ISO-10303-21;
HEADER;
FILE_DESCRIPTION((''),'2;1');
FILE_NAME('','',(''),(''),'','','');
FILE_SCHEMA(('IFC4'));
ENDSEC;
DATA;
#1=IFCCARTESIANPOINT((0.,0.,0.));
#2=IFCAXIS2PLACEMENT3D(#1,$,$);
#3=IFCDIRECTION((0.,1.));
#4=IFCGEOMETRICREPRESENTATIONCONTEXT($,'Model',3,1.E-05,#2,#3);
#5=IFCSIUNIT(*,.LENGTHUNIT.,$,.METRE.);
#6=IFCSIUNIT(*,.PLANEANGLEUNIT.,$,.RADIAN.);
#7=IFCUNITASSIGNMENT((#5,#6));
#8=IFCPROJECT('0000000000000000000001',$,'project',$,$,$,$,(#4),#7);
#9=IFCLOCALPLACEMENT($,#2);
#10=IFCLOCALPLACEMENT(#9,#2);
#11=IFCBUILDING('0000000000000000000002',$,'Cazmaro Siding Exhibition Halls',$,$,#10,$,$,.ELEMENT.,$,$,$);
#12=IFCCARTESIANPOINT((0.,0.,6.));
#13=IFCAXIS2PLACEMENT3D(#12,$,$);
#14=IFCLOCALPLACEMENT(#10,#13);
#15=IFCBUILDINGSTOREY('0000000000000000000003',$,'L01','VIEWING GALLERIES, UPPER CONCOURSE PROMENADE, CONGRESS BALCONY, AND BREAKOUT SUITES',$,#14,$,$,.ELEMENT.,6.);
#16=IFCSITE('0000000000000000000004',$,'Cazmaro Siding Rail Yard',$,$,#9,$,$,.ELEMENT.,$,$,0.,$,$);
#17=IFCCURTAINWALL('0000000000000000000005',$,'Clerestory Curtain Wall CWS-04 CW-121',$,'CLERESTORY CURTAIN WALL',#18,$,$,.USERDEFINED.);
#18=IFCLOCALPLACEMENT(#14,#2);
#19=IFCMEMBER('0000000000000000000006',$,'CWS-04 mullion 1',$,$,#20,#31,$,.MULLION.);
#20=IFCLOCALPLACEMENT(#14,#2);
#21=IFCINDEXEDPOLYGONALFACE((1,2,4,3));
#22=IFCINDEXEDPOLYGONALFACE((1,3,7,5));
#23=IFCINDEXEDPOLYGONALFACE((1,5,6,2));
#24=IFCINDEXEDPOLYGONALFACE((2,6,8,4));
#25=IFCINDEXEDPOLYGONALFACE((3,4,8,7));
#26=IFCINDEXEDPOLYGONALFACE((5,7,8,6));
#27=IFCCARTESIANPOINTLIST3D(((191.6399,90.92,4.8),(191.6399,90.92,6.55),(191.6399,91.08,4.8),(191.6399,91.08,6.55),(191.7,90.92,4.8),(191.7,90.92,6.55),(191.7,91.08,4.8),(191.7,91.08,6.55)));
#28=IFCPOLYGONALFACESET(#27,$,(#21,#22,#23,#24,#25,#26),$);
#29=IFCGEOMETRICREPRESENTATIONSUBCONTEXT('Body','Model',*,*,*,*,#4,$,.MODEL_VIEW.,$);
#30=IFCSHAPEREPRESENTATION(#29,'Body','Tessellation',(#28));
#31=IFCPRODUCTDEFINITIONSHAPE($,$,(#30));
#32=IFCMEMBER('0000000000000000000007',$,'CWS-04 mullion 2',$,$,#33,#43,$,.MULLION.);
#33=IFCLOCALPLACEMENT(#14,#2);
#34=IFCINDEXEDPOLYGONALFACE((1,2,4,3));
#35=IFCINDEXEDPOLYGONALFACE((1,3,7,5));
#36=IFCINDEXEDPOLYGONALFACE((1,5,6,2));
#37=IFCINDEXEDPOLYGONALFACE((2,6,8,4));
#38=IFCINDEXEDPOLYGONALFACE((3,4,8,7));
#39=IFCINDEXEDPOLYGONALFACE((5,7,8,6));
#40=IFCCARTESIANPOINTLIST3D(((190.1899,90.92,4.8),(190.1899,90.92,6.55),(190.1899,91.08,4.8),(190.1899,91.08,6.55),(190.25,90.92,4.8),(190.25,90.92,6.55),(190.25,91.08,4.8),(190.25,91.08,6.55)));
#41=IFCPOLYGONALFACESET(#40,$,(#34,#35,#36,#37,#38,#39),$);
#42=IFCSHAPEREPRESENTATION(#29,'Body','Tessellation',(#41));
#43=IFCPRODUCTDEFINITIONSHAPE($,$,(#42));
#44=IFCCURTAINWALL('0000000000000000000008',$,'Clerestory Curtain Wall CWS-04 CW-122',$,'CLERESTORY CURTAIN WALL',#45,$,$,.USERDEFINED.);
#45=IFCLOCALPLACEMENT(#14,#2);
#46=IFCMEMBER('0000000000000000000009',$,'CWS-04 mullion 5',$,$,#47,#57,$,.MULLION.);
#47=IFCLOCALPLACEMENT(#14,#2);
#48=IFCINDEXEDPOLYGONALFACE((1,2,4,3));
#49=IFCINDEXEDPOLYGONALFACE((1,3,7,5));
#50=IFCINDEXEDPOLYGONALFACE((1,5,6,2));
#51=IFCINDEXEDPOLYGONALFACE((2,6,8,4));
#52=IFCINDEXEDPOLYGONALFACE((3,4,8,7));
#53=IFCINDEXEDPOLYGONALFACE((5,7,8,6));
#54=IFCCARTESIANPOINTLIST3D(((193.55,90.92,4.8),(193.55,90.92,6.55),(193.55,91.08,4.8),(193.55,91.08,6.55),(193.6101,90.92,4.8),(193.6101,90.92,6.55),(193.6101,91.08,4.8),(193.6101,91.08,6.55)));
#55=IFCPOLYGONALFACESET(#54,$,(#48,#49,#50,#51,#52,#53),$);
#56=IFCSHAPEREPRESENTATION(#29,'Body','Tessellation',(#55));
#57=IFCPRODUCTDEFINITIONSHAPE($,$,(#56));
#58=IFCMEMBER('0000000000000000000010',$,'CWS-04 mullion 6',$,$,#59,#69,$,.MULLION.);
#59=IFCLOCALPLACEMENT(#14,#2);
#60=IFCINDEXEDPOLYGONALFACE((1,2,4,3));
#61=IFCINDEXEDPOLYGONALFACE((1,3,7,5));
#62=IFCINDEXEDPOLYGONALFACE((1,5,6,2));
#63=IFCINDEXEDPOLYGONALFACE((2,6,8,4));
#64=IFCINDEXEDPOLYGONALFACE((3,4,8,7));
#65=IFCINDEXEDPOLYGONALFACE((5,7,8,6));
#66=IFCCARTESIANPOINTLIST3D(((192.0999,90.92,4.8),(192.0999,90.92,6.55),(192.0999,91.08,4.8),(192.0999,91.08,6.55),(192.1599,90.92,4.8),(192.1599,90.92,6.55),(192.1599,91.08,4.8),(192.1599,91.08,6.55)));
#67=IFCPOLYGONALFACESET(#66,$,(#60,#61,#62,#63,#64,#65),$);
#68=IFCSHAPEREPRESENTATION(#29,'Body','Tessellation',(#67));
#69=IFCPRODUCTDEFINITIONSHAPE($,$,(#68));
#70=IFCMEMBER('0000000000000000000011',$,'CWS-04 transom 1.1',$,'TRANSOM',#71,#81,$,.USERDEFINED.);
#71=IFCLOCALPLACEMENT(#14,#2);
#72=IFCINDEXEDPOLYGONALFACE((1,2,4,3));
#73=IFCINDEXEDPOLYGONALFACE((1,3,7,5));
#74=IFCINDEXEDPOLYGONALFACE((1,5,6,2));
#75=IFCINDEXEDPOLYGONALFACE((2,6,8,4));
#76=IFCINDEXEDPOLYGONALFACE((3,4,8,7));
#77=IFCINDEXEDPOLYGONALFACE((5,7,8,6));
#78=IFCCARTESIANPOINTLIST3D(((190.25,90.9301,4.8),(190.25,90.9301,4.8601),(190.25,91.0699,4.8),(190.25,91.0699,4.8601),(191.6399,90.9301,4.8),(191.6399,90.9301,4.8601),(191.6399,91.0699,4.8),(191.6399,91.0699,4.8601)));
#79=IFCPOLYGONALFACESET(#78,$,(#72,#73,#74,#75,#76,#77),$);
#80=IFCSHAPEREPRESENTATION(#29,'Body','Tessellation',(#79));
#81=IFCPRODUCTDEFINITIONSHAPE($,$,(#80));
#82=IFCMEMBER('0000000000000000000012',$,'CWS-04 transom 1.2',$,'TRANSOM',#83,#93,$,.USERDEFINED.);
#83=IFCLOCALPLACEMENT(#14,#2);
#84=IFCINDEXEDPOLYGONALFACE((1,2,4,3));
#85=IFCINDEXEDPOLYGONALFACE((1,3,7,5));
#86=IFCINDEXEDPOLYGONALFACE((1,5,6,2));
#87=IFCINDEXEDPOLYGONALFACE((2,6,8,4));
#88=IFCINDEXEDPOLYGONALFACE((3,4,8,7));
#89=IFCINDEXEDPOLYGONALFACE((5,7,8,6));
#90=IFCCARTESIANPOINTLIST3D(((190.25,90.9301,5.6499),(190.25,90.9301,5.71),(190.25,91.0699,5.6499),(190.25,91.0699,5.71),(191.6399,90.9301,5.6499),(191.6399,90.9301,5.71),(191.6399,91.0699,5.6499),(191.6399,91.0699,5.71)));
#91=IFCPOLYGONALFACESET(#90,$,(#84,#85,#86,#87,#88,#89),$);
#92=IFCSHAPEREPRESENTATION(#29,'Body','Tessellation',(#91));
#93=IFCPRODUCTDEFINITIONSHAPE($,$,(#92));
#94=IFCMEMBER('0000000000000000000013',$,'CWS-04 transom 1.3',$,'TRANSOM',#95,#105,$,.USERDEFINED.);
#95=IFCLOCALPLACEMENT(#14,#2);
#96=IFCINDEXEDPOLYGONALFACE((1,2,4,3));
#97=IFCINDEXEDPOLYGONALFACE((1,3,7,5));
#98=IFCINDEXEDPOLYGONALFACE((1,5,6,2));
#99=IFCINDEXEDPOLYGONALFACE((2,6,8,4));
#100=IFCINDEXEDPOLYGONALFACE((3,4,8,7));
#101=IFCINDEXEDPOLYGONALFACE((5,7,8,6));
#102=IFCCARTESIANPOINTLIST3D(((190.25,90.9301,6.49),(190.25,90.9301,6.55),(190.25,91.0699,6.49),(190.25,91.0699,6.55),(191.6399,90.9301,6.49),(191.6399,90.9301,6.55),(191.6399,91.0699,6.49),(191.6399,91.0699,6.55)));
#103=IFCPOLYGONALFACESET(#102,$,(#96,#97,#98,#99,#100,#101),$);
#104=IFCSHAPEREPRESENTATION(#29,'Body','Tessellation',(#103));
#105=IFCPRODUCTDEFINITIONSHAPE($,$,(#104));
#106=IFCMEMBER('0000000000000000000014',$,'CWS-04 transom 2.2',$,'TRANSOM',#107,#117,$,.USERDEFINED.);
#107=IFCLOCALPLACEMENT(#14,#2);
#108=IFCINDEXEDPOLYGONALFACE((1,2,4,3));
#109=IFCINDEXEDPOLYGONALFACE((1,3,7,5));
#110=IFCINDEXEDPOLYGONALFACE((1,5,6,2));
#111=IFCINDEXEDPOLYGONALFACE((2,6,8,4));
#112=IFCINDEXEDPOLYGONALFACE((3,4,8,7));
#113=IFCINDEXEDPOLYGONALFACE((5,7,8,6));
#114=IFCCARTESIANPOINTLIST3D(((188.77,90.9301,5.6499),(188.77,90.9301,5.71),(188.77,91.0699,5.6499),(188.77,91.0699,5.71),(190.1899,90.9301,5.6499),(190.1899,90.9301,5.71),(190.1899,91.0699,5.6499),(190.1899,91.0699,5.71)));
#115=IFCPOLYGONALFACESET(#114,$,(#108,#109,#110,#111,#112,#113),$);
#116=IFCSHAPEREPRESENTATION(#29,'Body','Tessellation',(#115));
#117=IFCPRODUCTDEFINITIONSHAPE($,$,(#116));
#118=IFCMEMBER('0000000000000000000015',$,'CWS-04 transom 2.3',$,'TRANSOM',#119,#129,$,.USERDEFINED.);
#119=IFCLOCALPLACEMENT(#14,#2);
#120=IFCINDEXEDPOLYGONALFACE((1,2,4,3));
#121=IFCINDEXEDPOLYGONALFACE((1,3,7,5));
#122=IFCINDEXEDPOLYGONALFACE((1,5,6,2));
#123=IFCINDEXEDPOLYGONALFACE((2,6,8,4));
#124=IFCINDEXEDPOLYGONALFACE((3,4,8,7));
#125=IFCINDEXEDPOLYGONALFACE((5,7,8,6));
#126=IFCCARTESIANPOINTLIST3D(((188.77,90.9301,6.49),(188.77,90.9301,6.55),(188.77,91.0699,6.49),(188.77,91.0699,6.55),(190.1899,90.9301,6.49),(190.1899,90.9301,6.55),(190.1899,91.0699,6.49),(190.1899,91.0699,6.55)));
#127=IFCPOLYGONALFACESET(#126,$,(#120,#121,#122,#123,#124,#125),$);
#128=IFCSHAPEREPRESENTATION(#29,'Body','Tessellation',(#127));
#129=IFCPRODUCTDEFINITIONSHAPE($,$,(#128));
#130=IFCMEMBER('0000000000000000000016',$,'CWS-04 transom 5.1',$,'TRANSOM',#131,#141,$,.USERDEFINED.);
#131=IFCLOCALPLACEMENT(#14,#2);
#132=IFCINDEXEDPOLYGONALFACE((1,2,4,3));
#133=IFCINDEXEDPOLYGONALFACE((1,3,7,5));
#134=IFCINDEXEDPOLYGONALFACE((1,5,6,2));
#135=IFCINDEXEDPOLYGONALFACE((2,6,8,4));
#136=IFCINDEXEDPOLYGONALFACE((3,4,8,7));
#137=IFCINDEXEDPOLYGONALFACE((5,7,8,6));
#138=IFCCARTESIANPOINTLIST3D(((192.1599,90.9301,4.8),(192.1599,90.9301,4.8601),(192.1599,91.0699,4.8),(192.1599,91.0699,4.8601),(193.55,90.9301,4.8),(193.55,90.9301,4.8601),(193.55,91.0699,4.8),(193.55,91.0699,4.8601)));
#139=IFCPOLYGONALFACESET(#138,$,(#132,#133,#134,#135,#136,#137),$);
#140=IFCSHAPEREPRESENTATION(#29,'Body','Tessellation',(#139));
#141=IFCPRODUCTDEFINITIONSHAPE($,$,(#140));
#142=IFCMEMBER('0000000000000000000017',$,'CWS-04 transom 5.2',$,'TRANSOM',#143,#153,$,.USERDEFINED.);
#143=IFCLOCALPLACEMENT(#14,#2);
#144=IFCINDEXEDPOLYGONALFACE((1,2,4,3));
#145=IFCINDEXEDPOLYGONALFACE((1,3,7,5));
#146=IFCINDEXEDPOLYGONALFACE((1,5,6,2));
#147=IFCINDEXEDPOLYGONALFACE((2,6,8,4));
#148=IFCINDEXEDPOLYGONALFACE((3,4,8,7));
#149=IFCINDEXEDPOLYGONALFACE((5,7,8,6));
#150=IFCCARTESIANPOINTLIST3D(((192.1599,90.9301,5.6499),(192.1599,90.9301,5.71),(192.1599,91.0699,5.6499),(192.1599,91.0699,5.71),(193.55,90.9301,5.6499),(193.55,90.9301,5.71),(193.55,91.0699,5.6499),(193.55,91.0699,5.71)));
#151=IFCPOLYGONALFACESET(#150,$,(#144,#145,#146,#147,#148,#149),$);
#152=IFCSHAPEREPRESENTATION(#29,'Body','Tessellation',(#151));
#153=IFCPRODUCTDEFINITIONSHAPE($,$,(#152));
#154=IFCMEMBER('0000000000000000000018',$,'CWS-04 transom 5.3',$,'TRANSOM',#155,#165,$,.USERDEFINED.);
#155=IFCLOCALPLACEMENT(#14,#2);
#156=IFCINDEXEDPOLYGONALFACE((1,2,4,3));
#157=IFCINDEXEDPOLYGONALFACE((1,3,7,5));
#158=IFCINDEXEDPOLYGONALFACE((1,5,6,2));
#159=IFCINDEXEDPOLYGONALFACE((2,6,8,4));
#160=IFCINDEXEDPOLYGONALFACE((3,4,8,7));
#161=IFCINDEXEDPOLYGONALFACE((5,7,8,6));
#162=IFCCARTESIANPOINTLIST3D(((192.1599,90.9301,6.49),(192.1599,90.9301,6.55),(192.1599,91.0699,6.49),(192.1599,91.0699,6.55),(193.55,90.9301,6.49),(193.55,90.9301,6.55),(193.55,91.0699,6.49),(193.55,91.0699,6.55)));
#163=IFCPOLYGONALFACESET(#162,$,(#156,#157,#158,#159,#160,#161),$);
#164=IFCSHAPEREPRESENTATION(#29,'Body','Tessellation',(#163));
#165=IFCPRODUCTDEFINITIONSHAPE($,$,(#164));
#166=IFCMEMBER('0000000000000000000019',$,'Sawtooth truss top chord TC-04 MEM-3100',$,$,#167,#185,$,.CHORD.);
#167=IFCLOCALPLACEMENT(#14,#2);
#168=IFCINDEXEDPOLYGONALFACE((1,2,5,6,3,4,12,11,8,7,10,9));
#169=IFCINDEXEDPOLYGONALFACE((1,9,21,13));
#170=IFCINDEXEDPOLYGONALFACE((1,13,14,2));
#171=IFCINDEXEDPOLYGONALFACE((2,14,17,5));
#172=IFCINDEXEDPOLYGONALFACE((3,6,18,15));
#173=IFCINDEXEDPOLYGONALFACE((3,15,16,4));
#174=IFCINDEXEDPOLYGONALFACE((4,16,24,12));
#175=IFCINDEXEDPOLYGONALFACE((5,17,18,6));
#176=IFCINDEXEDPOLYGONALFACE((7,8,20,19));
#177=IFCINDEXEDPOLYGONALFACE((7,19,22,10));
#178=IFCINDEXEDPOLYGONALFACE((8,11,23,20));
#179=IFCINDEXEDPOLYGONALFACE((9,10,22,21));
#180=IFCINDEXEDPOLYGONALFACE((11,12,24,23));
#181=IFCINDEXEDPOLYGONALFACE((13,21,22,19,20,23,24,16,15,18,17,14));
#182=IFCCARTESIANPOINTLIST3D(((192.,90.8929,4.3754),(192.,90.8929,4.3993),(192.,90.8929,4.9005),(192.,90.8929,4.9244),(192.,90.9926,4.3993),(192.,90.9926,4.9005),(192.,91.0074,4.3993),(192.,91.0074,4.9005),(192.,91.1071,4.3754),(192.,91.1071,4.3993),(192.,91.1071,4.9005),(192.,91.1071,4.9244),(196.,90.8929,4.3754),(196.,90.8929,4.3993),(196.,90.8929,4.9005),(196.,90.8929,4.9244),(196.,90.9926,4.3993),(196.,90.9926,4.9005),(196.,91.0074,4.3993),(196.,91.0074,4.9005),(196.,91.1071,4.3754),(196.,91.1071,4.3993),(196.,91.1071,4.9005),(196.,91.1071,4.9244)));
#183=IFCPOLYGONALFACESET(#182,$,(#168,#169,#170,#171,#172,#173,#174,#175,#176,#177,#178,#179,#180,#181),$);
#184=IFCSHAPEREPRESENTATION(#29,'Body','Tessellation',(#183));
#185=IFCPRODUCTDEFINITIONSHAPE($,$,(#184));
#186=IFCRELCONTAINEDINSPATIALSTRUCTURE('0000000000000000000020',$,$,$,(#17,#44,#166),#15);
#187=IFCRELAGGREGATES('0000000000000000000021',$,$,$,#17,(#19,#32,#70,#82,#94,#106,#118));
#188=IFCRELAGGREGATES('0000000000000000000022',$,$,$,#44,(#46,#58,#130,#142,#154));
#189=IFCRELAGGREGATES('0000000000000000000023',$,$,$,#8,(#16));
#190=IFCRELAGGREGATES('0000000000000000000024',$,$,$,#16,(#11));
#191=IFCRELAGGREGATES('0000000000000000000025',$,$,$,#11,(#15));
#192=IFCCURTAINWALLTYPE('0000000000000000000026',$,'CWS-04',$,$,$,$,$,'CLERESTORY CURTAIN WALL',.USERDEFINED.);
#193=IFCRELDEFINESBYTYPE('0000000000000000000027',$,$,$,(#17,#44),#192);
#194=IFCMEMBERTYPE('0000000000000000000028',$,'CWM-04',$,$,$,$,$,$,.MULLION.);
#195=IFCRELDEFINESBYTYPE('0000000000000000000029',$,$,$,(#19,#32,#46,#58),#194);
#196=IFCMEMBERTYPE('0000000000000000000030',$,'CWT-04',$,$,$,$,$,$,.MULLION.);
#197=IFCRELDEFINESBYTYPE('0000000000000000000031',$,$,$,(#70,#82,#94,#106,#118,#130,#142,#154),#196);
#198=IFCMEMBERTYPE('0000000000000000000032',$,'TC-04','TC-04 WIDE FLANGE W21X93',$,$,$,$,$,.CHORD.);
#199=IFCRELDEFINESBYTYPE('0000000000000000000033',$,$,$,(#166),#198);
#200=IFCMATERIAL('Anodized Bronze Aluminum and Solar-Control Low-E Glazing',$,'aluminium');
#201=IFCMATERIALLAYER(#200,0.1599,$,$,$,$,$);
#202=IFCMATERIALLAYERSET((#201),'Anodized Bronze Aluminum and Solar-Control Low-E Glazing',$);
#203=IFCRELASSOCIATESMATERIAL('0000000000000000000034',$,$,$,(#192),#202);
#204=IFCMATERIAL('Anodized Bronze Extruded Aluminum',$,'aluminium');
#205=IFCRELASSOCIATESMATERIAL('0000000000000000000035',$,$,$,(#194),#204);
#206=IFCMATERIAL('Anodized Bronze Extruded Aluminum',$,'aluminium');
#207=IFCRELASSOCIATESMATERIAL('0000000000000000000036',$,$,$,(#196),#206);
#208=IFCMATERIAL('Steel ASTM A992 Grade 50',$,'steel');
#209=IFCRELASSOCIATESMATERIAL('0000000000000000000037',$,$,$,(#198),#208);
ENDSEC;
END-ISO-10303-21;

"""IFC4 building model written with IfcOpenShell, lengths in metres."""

from ifc_helpers import new_model, si_unit, direction, frame, origin, origin_2d, place, context, subcontext, project, spatial, rectangle, i_section, extrude, material, layer, layer_set, material_profile, profile_set, type_object, element, aggregate, save


model = new_model("IFC4")

# Units and contexts
model_context = context("Model", 3, precision=1e-05, world=origin(), true_north=direction((0.0, 1.0)))
body_context = subcontext(model_context, "Body", "Model", "MODEL_VIEW")
ifc_project = project(units=[si_unit("LENGTHUNIT", "METRE"), si_unit("PLANEANGLEUNIT", "RADIAN")], contexts=[model_context])

# Site, building, storey
site_placement = place(None, origin())
site = spatial("IfcSite", under=ifc_project, at=site_placement, Name="Cazmaro Siding Rail Yard", CompositionType="ELEMENT", RefElevation=0.0)
building_placement = place(site_placement, origin())
building = spatial("IfcBuilding", under=site, at=building_placement, Name="Cazmaro Siding Exhibition Halls", CompositionType="ELEMENT")
storey_placement = place(building_placement, frame((0.0, 0.0, 6.0)))
storey = spatial("IfcBuildingStorey", under=building, at=storey_placement, Name="L01", Description="VIEWING GALLERIES, UPPER CONCOURSE PROMENADE, CONGRESS BALCONY, AND BREAKOUT SUITES", CompositionType="ELEMENT", Elevation=6.0)

# Curtain walls, members
ifc_material_1 = material(Name="Anodized Bronze Aluminum and Solar-Control Low-E Glazing", Category="aluminium")
ifc_layer_1 = layer(ifc_material_1, 0.1599)
ifc_layer_set_1 = layer_set([ifc_layer_1], Name="Anodized Bronze Aluminum and Solar-Control Low-E Glazing")
curtain_wall_type = type_object("IfcCurtainWallType", Name="CWS-04", ElementType="CLERESTORY CURTAIN WALL", PredefinedType="USERDEFINED", material=ifc_layer_set_1)
curtain_wall_1_placement = place(storey_placement, origin())
curtain_wall_1 = element("IfcCurtainWall", 1, at=curtain_wall_1_placement, inside=storey, type_object=curtain_wall_type, Name="Clerestory Curtain Wall CWS-04 CW-121", ObjectType="CLERESTORY CURTAIN WALL", PredefinedType="USERDEFINED")
ifc_material_2 = material(Name="Anodized Bronze Extruded Aluminum", Category="aluminium")
ifc_material_profile_1 = material_profile(ifc_material_2, rectangle(XDim=0.1599, YDim=0.0601, at=origin_2d()), Name="CWM-04")
ifc_profile_set_1 = profile_set([ifc_material_profile_1], Name="Anodized Bronze Extruded Aluminum")
member_type_1 = type_object("IfcMemberType", Name="CWM-04", PredefinedType="MULLION", material=ifc_profile_set_1)
member_1_placement = place(storey_placement, frame((191.6699, 91.0, 4.8), z_axis=(0.0, 0.0, 1.0), x_axis=(0.0, -1.0, 0.0)))
member_1 = element("IfcMember", 2, at=member_1_placement, type_object=member_type_1, Name="CWS-04 mullion 1", PredefinedType="MULLION", context=body_context, shape_type="SweptSolid", body=[
    extrude(rectangle(XDim=0.1599, YDim=0.0601, at=origin_2d()), origin(), (0.0, 0.0, 1.0), 1.75),
])
member_2_placement = place(storey_placement, frame((190.22, 91.0, 4.8), z_axis=(0.0, 0.0, 1.0), x_axis=(0.0, -1.0, 0.0)))
member_2 = element("IfcMember", 3, at=member_2_placement, type_object=member_type_1, Name="CWS-04 mullion 2", PredefinedType="MULLION", context=body_context, shape_type="SweptSolid", body=[
    extrude(rectangle(XDim=0.1599, YDim=0.0601, at=origin_2d()), origin(), (0.0, 0.0, 1.0), 1.75),
])
curtain_wall_2_placement = place(storey_placement, origin())
curtain_wall_2 = element("IfcCurtainWall", 4, at=curtain_wall_2_placement, inside=storey, type_object=curtain_wall_type, Name="Clerestory Curtain Wall CWS-04 CW-122", ObjectType="CLERESTORY CURTAIN WALL", PredefinedType="USERDEFINED")
member_3_placement = place(storey_placement, frame((193.5801, 91.0, 4.8), z_axis=(0.0, 0.0, 1.0), x_axis=(0.0, -1.0, 0.0)))
member_3 = element("IfcMember", 5, at=member_3_placement, type_object=member_type_1, Name="CWS-04 mullion 5", PredefinedType="MULLION", context=body_context, shape_type="SweptSolid", body=[
    extrude(rectangle(XDim=0.1599, YDim=0.0601, at=origin_2d()), origin(), (0.0, 0.0, 1.0), 1.75),
])
member_4_placement = place(storey_placement, frame((192.1299, 91.0, 4.8), z_axis=(0.0, 0.0, 1.0), x_axis=(0.0, -1.0, 0.0)))
member_4 = element("IfcMember", 6, at=member_4_placement, type_object=member_type_1, Name="CWS-04 mullion 6", PredefinedType="MULLION", context=body_context, shape_type="SweptSolid", body=[
    extrude(rectangle(XDim=0.1599, YDim=0.0601, at=origin_2d()), origin(), (0.0, 0.0, 1.0), 1.75),
])

# Members
ifc_material_3 = material(Name="Anodized Bronze Extruded Aluminum", Category="aluminium")
ifc_material_profile_2 = material_profile(ifc_material_3, rectangle(XDim=0.1399, YDim=0.0601, at=origin_2d()), Name="CWT-04")
ifc_profile_set_2 = profile_set([ifc_material_profile_2], Name="Anodized Bronze Extruded Aluminum")
member_type_2 = type_object("IfcMemberType", Name="CWT-04", PredefinedType="MULLION", material=ifc_profile_set_2)
member_5_placement = place(storey_placement, frame((191.6399, 91.0, 4.8301), z_axis=(-1.0, 0.0, 0.0), x_axis=(0.0, -1.0, 0.0)))
member_5 = element("IfcMember", 7, at=member_5_placement, type_object=member_type_2, Name="CWS-04 transom 1.1", ObjectType="TRANSOM", PredefinedType="USERDEFINED", context=body_context, shape_type="SweptSolid", body=[
    extrude(rectangle(XDim=0.1399, YDim=0.0601, at=origin_2d()), origin(), (0.0, 0.0, 1.0), 1.3899),
])
member_6_placement = place(storey_placement, frame((191.6399, 91.0, 5.6799), z_axis=(-1.0, 0.0, 0.0), x_axis=(0.0, -1.0, 0.0)))
member_6 = element("IfcMember", 8, at=member_6_placement, type_object=member_type_2, Name="CWS-04 transom 1.2", ObjectType="TRANSOM", PredefinedType="USERDEFINED", context=body_context, shape_type="SweptSolid", body=[
    extrude(rectangle(XDim=0.1399, YDim=0.0601, at=origin_2d()), origin(), (0.0, 0.0, 1.0), 1.3899),
])
member_7_placement = place(storey_placement, frame((191.6399, 91.0, 6.52), z_axis=(-1.0, 0.0, 0.0), x_axis=(0.0, -1.0, 0.0)))
member_7 = element("IfcMember", 9, at=member_7_placement, type_object=member_type_2, Name="CWS-04 transom 1.3", ObjectType="TRANSOM", PredefinedType="USERDEFINED", context=body_context, shape_type="SweptSolid", body=[
    extrude(rectangle(XDim=0.1399, YDim=0.0601, at=origin_2d()), origin(), (0.0, 0.0, 1.0), 1.3899),
])
member_8_placement = place(storey_placement, frame((190.1899, 91.0, 5.6799), z_axis=(-1.0, 0.0, 0.0), x_axis=(0.0, -1.0, 0.0)))
member_8 = element("IfcMember", 10, at=member_8_placement, type_object=member_type_2, Name="CWS-04 transom 2.2", ObjectType="TRANSOM", PredefinedType="USERDEFINED", context=body_context, shape_type="SweptSolid", body=[
    extrude(rectangle(XDim=0.1399, YDim=0.0601, at=origin_2d()), origin(), (0.0, 0.0, 1.0), 1.4199),
])
member_9_placement = place(storey_placement, frame((190.1899, 91.0, 6.52), z_axis=(-1.0, 0.0, 0.0), x_axis=(0.0, -1.0, 0.0)))
member_9 = element("IfcMember", 11, at=member_9_placement, type_object=member_type_2, Name="CWS-04 transom 2.3", ObjectType="TRANSOM", PredefinedType="USERDEFINED", context=body_context, shape_type="SweptSolid", body=[
    extrude(rectangle(XDim=0.1399, YDim=0.0601, at=origin_2d()), origin(), (0.0, 0.0, 1.0), 1.4199),
])
member_10_placement = place(storey_placement, frame((193.55, 91.0, 4.8301), z_axis=(-1.0, 0.0, 0.0), x_axis=(0.0, -1.0, 0.0)))
member_10 = element("IfcMember", 12, at=member_10_placement, type_object=member_type_2, Name="CWS-04 transom 5.1", ObjectType="TRANSOM", PredefinedType="USERDEFINED", context=body_context, shape_type="SweptSolid", body=[
    extrude(rectangle(XDim=0.1399, YDim=0.0601, at=origin_2d()), origin(), (0.0, 0.0, 1.0), 1.3901),
])
member_11_placement = place(storey_placement, frame((193.55, 91.0, 5.6799), z_axis=(-1.0, 0.0, 0.0), x_axis=(0.0, -1.0, 0.0)))
member_11 = element("IfcMember", 13, at=member_11_placement, type_object=member_type_2, Name="CWS-04 transom 5.2", ObjectType="TRANSOM", PredefinedType="USERDEFINED", context=body_context, shape_type="SweptSolid", body=[
    extrude(rectangle(XDim=0.1399, YDim=0.0601, at=origin_2d()), origin(), (0.0, 0.0, 1.0), 1.3901),
])
member_12_placement = place(storey_placement, frame((193.55, 91.0, 6.52), z_axis=(-1.0, 0.0, 0.0), x_axis=(0.0, -1.0, 0.0)))
member_12 = element("IfcMember", 14, at=member_12_placement, type_object=member_type_2, Name="CWS-04 transom 5.3", ObjectType="TRANSOM", PredefinedType="USERDEFINED", context=body_context, shape_type="SweptSolid", body=[
    extrude(rectangle(XDim=0.1399, YDim=0.0601, at=origin_2d()), origin(), (0.0, 0.0, 1.0), 1.3901),
])

# Member
ifc_material_4 = material(Name="Steel ASTM A992 Grade 50", Category="steel")
ifc_material_profile_3 = material_profile(ifc_material_4, i_section(OverallWidth=0.2141, OverallDepth=0.5491, WebThickness=0.0149, FlangeThickness=0.0239, at=origin_2d()), Name="W21X93")
ifc_profile_set_3 = profile_set([ifc_material_profile_3], Name="Steel ASTM A992 Grade 50")
member_type_3 = type_object("IfcMemberType", Name="TC-04", Description="TC-04 WIDE FLANGE W21X93", PredefinedType="CHORD", material=ifc_profile_set_3)
member_13_placement = place(storey_placement, frame((192.0, 91.0, 4.6499), z_axis=(1.0, 0.0, 0.0), x_axis=(0.0, 1.0, 0.0)))
element("IfcMember", 15, at=member_13_placement, inside=storey, type_object=member_type_3, Name="Sawtooth truss top chord TC-04 MEM-3100", PredefinedType="CHORD", context=body_context, shape_type="SweptSolid", body=[
    extrude(i_section(OverallWidth=0.2141, OverallDepth=0.5491, WebThickness=0.0149, FlangeThickness=0.0239, at=origin_2d()), origin(), (0.0, 0.0, 1.0), 4.0),
])

aggregate(curtain_wall_1, [member_1, member_2, member_5, member_6, member_7, member_8, member_9])
aggregate(curtain_wall_2, [member_3, member_4, member_10, member_11, member_12])

save(model, "model.ifc")
